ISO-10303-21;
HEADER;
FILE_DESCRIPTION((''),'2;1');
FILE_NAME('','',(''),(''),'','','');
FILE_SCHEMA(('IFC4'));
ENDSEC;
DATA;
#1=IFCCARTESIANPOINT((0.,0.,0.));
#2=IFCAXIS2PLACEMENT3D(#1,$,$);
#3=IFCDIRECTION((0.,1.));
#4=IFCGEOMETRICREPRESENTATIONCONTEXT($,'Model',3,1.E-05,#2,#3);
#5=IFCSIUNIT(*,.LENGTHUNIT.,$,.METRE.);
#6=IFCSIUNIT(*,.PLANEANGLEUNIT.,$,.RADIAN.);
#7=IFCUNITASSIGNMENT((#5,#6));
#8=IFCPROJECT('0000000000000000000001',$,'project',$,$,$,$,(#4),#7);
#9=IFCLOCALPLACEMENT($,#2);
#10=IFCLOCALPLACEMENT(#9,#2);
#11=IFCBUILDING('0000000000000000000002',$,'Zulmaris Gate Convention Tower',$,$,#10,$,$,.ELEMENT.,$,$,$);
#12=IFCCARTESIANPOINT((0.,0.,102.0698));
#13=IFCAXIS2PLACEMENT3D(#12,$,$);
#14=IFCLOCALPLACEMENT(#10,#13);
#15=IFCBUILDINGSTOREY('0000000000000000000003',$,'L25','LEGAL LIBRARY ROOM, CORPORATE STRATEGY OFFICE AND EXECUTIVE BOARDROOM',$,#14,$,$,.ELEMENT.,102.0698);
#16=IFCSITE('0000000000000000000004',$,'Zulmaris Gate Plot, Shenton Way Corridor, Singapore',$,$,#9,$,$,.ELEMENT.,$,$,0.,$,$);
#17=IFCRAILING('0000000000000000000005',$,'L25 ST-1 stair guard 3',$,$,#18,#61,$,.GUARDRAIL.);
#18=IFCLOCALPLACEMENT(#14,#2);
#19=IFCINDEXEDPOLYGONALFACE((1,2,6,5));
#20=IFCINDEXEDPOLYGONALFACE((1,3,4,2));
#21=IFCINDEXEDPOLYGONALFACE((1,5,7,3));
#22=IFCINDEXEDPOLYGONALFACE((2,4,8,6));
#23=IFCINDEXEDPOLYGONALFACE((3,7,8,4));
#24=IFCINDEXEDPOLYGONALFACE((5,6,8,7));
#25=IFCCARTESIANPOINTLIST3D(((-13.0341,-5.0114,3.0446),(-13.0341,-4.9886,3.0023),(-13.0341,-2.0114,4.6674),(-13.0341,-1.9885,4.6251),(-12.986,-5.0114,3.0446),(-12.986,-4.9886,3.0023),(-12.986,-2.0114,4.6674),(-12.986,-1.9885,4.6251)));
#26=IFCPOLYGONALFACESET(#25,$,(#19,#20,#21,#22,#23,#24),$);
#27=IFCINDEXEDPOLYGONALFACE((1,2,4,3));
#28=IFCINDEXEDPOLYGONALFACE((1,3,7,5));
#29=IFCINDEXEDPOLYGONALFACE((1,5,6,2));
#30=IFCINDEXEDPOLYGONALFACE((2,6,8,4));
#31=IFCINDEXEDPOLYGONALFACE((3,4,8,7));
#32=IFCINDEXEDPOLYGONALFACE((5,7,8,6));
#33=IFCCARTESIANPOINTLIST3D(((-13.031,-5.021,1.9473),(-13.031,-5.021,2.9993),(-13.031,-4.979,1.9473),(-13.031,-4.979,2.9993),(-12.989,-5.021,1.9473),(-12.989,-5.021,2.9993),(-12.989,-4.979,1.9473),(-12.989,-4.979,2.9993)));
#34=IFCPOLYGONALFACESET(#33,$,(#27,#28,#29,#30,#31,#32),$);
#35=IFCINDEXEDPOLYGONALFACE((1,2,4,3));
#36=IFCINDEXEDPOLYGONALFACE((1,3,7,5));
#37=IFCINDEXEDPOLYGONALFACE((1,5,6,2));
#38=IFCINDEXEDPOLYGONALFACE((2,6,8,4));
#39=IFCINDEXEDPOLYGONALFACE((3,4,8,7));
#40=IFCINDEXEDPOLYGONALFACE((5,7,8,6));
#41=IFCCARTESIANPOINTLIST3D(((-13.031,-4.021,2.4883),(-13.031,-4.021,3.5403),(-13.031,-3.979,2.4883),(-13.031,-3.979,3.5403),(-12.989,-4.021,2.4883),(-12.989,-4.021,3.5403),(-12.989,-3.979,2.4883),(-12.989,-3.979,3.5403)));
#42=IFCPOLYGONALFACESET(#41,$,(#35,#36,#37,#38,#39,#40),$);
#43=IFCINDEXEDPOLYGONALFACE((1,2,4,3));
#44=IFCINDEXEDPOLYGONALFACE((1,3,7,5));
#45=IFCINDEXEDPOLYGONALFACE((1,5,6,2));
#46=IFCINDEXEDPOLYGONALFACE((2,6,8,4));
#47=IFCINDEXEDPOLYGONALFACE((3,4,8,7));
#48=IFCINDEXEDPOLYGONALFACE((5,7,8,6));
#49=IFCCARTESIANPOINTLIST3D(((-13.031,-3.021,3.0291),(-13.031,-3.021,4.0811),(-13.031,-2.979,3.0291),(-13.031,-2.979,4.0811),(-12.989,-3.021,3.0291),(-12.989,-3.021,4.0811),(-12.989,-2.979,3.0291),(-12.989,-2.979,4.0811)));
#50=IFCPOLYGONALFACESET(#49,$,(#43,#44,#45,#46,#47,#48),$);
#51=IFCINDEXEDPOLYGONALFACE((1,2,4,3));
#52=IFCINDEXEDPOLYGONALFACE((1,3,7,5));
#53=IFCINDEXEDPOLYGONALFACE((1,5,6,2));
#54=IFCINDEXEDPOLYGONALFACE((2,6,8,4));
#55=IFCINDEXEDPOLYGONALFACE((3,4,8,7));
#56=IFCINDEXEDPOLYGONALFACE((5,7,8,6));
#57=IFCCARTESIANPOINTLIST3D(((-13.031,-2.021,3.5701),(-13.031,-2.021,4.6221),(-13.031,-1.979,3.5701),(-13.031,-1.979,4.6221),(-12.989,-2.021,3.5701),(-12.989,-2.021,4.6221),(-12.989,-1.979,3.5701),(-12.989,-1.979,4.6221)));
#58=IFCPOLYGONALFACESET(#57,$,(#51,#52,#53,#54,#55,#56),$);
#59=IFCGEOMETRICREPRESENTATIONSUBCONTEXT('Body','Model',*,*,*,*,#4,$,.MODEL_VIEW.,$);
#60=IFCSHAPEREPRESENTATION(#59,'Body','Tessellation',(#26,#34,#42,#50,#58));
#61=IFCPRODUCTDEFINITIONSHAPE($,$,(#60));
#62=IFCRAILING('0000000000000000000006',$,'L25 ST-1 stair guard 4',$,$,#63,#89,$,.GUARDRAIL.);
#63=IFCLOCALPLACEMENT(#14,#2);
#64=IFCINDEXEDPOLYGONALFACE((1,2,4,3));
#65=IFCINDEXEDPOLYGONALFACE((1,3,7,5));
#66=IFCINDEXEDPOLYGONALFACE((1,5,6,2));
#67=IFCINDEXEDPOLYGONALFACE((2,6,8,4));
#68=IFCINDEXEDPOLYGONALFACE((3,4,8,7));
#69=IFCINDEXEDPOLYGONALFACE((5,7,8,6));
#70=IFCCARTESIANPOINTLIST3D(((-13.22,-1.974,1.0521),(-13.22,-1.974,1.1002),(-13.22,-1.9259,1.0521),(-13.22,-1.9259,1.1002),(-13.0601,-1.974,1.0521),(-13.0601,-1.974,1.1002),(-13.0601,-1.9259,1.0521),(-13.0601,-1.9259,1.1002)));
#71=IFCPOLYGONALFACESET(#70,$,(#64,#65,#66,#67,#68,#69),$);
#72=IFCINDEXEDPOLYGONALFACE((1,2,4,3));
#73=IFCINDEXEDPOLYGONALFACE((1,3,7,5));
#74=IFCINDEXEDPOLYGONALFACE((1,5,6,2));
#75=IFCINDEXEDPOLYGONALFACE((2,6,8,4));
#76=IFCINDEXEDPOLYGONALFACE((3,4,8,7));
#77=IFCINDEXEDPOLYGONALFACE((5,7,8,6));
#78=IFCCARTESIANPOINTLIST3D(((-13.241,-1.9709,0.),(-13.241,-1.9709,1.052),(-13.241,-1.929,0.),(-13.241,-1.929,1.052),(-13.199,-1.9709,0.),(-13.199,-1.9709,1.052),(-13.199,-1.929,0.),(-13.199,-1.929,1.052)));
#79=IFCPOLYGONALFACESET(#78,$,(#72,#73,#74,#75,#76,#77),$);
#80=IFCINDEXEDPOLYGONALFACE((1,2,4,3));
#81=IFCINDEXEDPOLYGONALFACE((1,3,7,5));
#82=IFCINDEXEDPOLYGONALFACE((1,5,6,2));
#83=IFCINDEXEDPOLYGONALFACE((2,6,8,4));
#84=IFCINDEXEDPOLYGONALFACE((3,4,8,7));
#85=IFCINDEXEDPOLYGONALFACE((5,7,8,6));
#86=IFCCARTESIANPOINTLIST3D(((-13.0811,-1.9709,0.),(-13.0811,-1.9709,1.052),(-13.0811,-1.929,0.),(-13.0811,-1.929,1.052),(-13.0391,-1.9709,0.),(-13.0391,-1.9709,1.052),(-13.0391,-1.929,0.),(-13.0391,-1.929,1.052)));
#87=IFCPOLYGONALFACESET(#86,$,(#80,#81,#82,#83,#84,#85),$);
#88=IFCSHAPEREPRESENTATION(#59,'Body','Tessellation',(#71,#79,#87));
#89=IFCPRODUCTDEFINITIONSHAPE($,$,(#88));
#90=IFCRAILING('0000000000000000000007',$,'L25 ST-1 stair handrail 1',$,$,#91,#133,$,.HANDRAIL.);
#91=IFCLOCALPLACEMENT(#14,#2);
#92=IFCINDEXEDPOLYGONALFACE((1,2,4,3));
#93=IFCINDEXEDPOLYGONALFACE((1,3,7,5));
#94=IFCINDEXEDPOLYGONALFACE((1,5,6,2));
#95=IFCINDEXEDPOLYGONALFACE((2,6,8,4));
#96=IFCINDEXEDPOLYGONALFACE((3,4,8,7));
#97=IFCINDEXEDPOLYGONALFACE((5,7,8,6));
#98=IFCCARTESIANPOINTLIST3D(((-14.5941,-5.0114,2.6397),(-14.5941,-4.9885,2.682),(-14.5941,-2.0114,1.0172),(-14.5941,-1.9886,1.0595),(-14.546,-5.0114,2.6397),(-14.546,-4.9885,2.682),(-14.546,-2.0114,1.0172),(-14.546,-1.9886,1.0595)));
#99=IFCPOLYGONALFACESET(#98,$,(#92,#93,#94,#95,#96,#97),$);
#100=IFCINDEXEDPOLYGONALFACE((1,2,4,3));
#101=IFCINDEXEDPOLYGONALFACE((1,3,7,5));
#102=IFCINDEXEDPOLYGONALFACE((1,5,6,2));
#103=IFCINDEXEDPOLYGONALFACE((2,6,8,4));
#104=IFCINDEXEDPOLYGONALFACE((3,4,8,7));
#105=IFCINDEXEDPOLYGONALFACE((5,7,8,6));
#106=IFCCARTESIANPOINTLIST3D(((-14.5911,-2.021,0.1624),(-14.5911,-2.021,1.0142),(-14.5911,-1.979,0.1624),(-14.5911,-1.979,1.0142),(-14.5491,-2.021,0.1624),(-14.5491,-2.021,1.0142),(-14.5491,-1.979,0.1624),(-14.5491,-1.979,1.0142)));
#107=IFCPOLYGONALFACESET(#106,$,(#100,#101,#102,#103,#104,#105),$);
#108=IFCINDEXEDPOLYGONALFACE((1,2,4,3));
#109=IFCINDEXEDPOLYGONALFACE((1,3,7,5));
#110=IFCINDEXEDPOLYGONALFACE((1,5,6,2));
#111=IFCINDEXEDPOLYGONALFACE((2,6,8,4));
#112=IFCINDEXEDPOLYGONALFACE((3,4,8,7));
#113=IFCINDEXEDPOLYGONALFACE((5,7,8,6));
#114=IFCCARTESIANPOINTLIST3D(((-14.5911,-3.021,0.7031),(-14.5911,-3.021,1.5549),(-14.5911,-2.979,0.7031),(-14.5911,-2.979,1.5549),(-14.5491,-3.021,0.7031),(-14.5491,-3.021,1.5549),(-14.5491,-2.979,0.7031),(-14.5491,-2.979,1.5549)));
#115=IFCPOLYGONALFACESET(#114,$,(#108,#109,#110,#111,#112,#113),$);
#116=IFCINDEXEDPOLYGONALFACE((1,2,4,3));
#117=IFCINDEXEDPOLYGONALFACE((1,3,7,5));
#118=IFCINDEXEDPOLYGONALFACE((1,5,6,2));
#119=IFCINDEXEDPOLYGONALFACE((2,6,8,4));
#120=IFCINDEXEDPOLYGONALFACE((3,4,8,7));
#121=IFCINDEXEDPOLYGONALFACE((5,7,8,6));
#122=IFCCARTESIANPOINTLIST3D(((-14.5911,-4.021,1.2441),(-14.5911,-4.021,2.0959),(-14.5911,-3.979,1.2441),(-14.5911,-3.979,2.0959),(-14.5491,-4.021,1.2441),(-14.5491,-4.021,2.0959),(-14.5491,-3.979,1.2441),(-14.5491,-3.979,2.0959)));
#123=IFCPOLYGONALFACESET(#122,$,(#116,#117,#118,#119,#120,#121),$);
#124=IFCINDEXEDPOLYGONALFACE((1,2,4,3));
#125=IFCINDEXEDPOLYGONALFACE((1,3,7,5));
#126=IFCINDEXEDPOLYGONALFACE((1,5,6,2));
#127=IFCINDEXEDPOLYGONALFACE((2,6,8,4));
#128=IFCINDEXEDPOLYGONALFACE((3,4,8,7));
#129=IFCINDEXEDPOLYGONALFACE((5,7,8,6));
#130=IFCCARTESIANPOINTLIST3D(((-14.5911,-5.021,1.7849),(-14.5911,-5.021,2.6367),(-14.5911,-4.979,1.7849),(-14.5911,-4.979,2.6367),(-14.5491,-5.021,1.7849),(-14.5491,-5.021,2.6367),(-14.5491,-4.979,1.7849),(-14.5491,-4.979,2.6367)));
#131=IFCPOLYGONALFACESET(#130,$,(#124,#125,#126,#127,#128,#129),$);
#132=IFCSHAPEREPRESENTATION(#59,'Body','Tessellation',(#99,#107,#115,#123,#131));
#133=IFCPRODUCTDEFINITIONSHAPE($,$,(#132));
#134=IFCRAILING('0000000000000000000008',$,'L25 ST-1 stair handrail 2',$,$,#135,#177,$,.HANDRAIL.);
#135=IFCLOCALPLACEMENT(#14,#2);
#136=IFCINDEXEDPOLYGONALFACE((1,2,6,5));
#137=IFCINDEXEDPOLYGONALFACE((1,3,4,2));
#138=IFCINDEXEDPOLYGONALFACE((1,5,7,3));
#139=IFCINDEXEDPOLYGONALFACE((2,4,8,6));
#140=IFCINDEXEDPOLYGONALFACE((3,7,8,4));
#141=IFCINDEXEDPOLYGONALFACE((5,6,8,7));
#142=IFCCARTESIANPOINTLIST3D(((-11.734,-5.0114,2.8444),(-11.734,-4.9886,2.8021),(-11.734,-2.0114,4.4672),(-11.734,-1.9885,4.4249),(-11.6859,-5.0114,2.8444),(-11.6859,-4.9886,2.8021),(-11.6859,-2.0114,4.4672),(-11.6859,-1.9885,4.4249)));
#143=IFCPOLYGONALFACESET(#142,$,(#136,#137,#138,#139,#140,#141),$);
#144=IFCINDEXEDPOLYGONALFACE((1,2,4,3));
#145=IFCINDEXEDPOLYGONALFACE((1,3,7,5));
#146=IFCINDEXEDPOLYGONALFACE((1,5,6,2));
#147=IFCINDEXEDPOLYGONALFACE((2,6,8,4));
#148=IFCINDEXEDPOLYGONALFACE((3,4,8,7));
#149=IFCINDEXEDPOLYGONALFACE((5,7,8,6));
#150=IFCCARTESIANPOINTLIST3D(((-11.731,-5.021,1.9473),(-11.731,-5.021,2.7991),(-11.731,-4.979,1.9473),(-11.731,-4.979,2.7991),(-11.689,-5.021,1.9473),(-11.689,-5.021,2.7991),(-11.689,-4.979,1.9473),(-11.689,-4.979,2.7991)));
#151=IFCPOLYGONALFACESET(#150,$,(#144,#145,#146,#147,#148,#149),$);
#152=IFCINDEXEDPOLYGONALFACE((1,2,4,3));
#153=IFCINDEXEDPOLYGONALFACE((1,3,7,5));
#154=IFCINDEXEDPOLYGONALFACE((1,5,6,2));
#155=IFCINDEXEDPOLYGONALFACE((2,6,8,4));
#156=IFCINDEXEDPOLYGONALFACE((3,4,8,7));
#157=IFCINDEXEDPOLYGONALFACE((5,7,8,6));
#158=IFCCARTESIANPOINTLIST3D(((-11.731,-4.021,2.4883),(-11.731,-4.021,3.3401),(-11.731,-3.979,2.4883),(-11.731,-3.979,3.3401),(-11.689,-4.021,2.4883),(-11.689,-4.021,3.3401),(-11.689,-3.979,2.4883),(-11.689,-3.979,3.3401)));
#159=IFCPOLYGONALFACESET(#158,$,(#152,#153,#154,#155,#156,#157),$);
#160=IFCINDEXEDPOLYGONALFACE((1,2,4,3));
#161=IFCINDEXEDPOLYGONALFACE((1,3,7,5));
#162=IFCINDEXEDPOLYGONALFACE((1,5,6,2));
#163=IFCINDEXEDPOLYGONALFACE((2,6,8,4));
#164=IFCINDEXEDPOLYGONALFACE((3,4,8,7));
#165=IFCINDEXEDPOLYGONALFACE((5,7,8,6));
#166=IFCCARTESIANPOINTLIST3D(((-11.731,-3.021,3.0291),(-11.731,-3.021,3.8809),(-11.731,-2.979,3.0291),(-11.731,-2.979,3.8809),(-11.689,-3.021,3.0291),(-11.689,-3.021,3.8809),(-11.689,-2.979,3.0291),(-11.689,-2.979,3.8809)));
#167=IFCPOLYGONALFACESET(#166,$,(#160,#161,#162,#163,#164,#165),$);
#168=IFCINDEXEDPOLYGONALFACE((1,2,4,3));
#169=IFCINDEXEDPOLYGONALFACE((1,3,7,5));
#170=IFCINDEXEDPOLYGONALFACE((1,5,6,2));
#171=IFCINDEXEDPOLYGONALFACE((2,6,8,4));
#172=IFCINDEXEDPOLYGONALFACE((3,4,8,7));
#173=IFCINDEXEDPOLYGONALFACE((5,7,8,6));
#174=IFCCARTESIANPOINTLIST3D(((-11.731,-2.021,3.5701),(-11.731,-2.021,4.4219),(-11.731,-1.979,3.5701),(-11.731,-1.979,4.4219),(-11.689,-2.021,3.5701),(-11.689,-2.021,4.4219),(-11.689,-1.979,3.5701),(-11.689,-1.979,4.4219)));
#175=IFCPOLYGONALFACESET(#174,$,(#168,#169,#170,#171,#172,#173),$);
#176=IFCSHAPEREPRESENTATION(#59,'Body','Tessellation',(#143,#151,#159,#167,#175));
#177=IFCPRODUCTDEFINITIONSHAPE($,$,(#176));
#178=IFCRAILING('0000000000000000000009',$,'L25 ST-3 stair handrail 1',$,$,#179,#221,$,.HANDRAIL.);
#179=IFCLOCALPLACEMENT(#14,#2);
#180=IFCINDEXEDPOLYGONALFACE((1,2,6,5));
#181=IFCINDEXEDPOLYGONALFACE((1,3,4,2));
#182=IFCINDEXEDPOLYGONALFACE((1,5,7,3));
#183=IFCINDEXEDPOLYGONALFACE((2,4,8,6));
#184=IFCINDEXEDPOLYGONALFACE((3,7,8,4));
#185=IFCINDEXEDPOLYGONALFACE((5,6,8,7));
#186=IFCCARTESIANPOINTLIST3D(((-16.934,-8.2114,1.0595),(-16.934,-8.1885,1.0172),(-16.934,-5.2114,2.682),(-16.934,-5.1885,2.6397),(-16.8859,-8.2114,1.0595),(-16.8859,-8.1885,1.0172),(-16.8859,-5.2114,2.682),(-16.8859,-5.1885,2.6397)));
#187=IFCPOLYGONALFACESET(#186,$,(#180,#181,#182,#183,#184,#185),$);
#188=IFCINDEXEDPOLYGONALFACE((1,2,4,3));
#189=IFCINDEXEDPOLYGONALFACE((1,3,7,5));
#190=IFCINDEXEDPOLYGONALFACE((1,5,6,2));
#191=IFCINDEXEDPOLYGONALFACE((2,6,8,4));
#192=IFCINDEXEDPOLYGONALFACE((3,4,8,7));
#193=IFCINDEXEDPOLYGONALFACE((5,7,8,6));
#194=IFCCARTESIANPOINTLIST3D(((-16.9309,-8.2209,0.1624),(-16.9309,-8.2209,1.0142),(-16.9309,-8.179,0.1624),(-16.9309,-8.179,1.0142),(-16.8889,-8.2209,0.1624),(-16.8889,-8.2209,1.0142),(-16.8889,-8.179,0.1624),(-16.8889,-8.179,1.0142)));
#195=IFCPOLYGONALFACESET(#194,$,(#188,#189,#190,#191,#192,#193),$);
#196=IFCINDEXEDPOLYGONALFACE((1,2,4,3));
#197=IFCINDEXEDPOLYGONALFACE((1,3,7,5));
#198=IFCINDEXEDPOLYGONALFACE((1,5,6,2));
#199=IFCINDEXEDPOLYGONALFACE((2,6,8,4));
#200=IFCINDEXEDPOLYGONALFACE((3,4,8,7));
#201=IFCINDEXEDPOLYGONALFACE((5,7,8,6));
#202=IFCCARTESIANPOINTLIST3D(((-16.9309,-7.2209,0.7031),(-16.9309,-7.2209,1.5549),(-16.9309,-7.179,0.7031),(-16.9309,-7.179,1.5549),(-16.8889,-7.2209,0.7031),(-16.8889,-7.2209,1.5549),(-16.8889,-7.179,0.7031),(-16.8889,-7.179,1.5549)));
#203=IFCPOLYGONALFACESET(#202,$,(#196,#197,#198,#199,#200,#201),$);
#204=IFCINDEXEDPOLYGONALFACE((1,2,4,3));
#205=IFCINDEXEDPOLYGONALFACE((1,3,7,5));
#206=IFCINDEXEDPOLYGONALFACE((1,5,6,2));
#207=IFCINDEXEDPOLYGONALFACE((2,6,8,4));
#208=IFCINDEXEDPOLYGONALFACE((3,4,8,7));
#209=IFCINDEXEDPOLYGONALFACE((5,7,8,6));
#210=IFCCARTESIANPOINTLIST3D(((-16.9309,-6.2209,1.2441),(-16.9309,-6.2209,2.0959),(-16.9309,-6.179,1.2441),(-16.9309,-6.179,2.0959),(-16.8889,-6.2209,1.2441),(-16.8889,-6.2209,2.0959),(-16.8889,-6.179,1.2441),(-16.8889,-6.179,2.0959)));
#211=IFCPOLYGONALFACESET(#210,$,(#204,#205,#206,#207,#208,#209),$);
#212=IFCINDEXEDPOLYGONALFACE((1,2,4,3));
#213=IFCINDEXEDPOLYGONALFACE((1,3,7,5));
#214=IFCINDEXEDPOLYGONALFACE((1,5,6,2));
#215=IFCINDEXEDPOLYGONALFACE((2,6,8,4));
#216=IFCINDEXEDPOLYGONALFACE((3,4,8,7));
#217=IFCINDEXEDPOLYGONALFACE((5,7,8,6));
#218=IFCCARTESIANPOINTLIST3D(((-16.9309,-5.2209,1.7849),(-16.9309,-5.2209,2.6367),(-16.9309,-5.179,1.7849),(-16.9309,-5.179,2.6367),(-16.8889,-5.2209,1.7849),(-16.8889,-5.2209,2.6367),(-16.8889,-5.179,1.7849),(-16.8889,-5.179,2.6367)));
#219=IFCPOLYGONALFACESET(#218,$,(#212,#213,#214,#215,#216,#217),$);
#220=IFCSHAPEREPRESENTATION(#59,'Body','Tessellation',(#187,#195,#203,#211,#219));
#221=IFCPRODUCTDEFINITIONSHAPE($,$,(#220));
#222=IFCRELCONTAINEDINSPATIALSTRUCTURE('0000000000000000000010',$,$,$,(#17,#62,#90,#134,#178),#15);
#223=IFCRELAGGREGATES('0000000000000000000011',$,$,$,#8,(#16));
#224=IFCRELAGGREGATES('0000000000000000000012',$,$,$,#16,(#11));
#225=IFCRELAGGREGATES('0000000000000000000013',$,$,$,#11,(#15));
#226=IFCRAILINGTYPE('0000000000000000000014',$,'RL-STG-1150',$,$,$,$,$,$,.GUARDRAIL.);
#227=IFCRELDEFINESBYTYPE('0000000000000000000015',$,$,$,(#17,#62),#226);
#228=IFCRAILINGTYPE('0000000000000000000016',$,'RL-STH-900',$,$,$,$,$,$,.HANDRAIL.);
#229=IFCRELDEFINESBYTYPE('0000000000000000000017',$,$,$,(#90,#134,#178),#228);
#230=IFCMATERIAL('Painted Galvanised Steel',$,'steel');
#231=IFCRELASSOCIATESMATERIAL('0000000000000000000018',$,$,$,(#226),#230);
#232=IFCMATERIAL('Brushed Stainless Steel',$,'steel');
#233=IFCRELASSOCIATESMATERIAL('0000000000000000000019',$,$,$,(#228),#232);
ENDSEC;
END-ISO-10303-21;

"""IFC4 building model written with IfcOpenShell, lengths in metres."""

from ifc_helpers import new_model, si_unit, direction, frame, origin, origin_2d, place, context, subcontext, project, spatial, rectangle, extrude, material, type_object, element, save


model = new_model("IFC4")

# Units and contexts
model_context = context("Model", 3, precision=1e-05, world=origin(), true_north=direction((0.0, 1.0)))
body_context = subcontext(model_context, "Body", "Model", "MODEL_VIEW")
ifc_project = project(units=[si_unit("LENGTHUNIT", "METRE"), si_unit("PLANEANGLEUNIT", "RADIAN")], contexts=[model_context])

# Site, building, storey
site_placement = place(None, origin())
site = spatial("IfcSite", under=ifc_project, at=site_placement, Name="Zulmaris Gate Plot, Shenton Way Corridor, Singapore", CompositionType="ELEMENT", RefElevation=0.0)
building_placement = place(site_placement, origin())
building = spatial("IfcBuilding", under=site, at=building_placement, Name="Zulmaris Gate Convention Tower", CompositionType="ELEMENT")
storey_placement = place(building_placement, frame((0.0, 0.0, 102.0698)))
storey = spatial("IfcBuildingStorey", under=building, at=storey_placement, Name="L25", Description="LEGAL LIBRARY ROOM, CORPORATE STRATEGY OFFICE AND EXECUTIVE BOARDROOM", CompositionType="ELEMENT", Elevation=102.0698)

# Railings
ifc_material_1 = material(Name="Painted Galvanised Steel", Category="steel")
railing_type_1 = type_object("IfcRailingType", Name="RL-STG-1150", PredefinedType="GUARDRAIL", material=ifc_material_1)
railing_1_placement = place(storey_placement, frame((-13.01, -5.0, 1.9473)))
element("IfcRailing", 1, at=railing_1_placement, inside=storey, type_object=railing_type_1, Name="L25 ST-1 stair guard 3", PredefinedType="GUARDRAIL", context=body_context, shape_type="SweptSolid", body=[
    extrude(rectangle(XDim=0.0481, YDim=0.0481, at=origin_2d()), frame((0.0, 0.0, 1.0762), z_axis=(0.0, 0.879562, 0.475785), x_axis=(-1.0, 0.0, 0.0)), (0.0, 0.0, 1.0), 3.4109),
    extrude(rectangle(XDim=0.042, YDim=0.042, at=origin_2d()), origin(), (0.0, 0.0, 1.0), 1.052),
    extrude(rectangle(XDim=0.042, YDim=0.042, at=origin_2d()), frame((0.0, 1.0, 0.541)), (0.0, 0.0, 1.0), 1.052),
    extrude(rectangle(XDim=0.042, YDim=0.042, at=origin_2d()), frame((0.0, 2.0, 1.0818)), (0.0, 0.0, 1.0), 1.052),
    extrude(rectangle(XDim=0.042, YDim=0.042, at=origin_2d()), frame((0.0, 3.0, 1.6228)), (0.0, 0.0, 1.0), 1.052),
])
railing_2_placement = place(storey_placement, frame((-13.22, -1.95, 0.0)))
element("IfcRailing", 2, at=railing_2_placement, inside=storey, type_object=railing_type_1, Name="L25 ST-1 stair guard 4", PredefinedType="GUARDRAIL", context=body_context, shape_type="SweptSolid", body=[
    extrude(rectangle(XDim=0.0481, YDim=0.0481, at=origin_2d()), frame((0.0, 0.0, 1.0762), z_axis=(1.0, 0.0, 0.0), x_axis=(0.0, 1.0, 0.0)), (0.0, 0.0, 1.0), 0.1599),
    extrude(rectangle(XDim=0.042, YDim=0.042, at=origin_2d()), origin(), (0.0, 0.0, 1.0), 1.052),
    extrude(rectangle(XDim=0.042, YDim=0.042, at=origin_2d()), frame((0.1599, 0.0, 0.0)), (0.0, 0.0, 1.0), 1.052),
])
ifc_material_2 = material(Name="Brushed Stainless Steel", Category="steel")
railing_type_2 = type_object("IfcRailingType", Name="RL-STH-900", PredefinedType="HANDRAIL", material=ifc_material_2)
railing_3_placement = place(storey_placement, frame((-14.5701, -2.0, 0.1624)))
element("IfcRailing", 3, at=railing_3_placement, inside=storey, type_object=railing_type_2, Name="L25 ST-1 stair handrail 1", PredefinedType="HANDRAIL", context=body_context, shape_type="SweptSolid", body=[
    extrude(rectangle(XDim=0.0481, YDim=0.0481, at=origin_2d()), frame((0.0, 0.0, 0.876), z_axis=(0.0, -0.879592, 0.47573), x_axis=(1.0, 0.0, 0.0)), (0.0, 0.0, 1.0), 3.4106),
    extrude(rectangle(XDim=0.042, YDim=0.042, at=origin_2d()), origin(), (0.0, 0.0, 1.0), 0.8518),
    extrude(rectangle(XDim=0.042, YDim=0.042, at=origin_2d()), frame((0.0, -1.0, 0.5408)), (0.0, 0.0, 1.0), 0.8518),
    extrude(rectangle(XDim=0.042, YDim=0.042, at=origin_2d()), frame((0.0, -2.0, 1.0818)), (0.0, 0.0, 1.0), 0.8518),
    extrude(rectangle(XDim=0.042, YDim=0.042, at=origin_2d()), frame((0.0, -3.0, 1.6226)), (0.0, 0.0, 1.0), 0.8518),
])
railing_4_placement = place(storey_placement, frame((-11.71, -5.0, 1.9473)))
element("IfcRailing", 4, at=railing_4_placement, inside=storey, type_object=railing_type_2, Name="L25 ST-1 stair handrail 2", PredefinedType="HANDRAIL", context=body_context, shape_type="SweptSolid", body=[
    extrude(rectangle(XDim=0.0481, YDim=0.0481, at=origin_2d()), frame((0.0, 0.0, 0.876), z_axis=(0.0, 0.879562, 0.475785), x_axis=(-1.0, 0.0, 0.0)), (0.0, 0.0, 1.0), 3.4109),
    extrude(rectangle(XDim=0.042, YDim=0.042, at=origin_2d()), origin(), (0.0, 0.0, 1.0), 0.8518),
    extrude(rectangle(XDim=0.042, YDim=0.042, at=origin_2d()), frame((0.0, 1.0, 0.541)), (0.0, 0.0, 1.0), 0.8518),
    extrude(rectangle(XDim=0.042, YDim=0.042, at=origin_2d()), frame((0.0, 2.0, 1.0818)), (0.0, 0.0, 1.0), 0.8518),
    extrude(rectangle(XDim=0.042, YDim=0.042, at=origin_2d()), frame((0.0, 3.0, 1.6228)), (0.0, 0.0, 1.0), 0.8518),
])
railing_5_placement = place(storey_placement, frame((-16.9099, -8.2, 0.1624)))
element("IfcRailing", 5, at=railing_5_placement, inside=storey, type_object=railing_type_2, Name="L25 ST-3 stair handrail 1", PredefinedType="HANDRAIL", context=body_context, shape_type="SweptSolid", body=[
    extrude(rectangle(XDim=0.0481, YDim=0.0481, at=origin_2d()), frame((0.0, 0.0, 0.876), z_axis=(0.0, 0.879592, 0.47573), x_axis=(-1.0, 0.0, 0.0)), (0.0, 0.0, 1.0), 3.4106),
    extrude(rectangle(XDim=0.042, YDim=0.042, at=origin_2d()), origin(), (0.0, 0.0, 1.0), 0.8518),
    extrude(rectangle(XDim=0.042, YDim=0.042, at=origin_2d()), frame((0.0, 1.0, 0.5408)), (0.0, 0.0, 1.0), 0.8518),
    extrude(rectangle(XDim=0.042, YDim=0.042, at=origin_2d()), frame((0.0, 2.0, 1.0818)), (0.0, 0.0, 1.0), 0.8518),
    extrude(rectangle(XDim=0.042, YDim=0.042, at=origin_2d()), frame((0.0, 3.0, 1.6226)), (0.0, 0.0, 1.0), 0.8518),
])

save(model, "model.ifc")
